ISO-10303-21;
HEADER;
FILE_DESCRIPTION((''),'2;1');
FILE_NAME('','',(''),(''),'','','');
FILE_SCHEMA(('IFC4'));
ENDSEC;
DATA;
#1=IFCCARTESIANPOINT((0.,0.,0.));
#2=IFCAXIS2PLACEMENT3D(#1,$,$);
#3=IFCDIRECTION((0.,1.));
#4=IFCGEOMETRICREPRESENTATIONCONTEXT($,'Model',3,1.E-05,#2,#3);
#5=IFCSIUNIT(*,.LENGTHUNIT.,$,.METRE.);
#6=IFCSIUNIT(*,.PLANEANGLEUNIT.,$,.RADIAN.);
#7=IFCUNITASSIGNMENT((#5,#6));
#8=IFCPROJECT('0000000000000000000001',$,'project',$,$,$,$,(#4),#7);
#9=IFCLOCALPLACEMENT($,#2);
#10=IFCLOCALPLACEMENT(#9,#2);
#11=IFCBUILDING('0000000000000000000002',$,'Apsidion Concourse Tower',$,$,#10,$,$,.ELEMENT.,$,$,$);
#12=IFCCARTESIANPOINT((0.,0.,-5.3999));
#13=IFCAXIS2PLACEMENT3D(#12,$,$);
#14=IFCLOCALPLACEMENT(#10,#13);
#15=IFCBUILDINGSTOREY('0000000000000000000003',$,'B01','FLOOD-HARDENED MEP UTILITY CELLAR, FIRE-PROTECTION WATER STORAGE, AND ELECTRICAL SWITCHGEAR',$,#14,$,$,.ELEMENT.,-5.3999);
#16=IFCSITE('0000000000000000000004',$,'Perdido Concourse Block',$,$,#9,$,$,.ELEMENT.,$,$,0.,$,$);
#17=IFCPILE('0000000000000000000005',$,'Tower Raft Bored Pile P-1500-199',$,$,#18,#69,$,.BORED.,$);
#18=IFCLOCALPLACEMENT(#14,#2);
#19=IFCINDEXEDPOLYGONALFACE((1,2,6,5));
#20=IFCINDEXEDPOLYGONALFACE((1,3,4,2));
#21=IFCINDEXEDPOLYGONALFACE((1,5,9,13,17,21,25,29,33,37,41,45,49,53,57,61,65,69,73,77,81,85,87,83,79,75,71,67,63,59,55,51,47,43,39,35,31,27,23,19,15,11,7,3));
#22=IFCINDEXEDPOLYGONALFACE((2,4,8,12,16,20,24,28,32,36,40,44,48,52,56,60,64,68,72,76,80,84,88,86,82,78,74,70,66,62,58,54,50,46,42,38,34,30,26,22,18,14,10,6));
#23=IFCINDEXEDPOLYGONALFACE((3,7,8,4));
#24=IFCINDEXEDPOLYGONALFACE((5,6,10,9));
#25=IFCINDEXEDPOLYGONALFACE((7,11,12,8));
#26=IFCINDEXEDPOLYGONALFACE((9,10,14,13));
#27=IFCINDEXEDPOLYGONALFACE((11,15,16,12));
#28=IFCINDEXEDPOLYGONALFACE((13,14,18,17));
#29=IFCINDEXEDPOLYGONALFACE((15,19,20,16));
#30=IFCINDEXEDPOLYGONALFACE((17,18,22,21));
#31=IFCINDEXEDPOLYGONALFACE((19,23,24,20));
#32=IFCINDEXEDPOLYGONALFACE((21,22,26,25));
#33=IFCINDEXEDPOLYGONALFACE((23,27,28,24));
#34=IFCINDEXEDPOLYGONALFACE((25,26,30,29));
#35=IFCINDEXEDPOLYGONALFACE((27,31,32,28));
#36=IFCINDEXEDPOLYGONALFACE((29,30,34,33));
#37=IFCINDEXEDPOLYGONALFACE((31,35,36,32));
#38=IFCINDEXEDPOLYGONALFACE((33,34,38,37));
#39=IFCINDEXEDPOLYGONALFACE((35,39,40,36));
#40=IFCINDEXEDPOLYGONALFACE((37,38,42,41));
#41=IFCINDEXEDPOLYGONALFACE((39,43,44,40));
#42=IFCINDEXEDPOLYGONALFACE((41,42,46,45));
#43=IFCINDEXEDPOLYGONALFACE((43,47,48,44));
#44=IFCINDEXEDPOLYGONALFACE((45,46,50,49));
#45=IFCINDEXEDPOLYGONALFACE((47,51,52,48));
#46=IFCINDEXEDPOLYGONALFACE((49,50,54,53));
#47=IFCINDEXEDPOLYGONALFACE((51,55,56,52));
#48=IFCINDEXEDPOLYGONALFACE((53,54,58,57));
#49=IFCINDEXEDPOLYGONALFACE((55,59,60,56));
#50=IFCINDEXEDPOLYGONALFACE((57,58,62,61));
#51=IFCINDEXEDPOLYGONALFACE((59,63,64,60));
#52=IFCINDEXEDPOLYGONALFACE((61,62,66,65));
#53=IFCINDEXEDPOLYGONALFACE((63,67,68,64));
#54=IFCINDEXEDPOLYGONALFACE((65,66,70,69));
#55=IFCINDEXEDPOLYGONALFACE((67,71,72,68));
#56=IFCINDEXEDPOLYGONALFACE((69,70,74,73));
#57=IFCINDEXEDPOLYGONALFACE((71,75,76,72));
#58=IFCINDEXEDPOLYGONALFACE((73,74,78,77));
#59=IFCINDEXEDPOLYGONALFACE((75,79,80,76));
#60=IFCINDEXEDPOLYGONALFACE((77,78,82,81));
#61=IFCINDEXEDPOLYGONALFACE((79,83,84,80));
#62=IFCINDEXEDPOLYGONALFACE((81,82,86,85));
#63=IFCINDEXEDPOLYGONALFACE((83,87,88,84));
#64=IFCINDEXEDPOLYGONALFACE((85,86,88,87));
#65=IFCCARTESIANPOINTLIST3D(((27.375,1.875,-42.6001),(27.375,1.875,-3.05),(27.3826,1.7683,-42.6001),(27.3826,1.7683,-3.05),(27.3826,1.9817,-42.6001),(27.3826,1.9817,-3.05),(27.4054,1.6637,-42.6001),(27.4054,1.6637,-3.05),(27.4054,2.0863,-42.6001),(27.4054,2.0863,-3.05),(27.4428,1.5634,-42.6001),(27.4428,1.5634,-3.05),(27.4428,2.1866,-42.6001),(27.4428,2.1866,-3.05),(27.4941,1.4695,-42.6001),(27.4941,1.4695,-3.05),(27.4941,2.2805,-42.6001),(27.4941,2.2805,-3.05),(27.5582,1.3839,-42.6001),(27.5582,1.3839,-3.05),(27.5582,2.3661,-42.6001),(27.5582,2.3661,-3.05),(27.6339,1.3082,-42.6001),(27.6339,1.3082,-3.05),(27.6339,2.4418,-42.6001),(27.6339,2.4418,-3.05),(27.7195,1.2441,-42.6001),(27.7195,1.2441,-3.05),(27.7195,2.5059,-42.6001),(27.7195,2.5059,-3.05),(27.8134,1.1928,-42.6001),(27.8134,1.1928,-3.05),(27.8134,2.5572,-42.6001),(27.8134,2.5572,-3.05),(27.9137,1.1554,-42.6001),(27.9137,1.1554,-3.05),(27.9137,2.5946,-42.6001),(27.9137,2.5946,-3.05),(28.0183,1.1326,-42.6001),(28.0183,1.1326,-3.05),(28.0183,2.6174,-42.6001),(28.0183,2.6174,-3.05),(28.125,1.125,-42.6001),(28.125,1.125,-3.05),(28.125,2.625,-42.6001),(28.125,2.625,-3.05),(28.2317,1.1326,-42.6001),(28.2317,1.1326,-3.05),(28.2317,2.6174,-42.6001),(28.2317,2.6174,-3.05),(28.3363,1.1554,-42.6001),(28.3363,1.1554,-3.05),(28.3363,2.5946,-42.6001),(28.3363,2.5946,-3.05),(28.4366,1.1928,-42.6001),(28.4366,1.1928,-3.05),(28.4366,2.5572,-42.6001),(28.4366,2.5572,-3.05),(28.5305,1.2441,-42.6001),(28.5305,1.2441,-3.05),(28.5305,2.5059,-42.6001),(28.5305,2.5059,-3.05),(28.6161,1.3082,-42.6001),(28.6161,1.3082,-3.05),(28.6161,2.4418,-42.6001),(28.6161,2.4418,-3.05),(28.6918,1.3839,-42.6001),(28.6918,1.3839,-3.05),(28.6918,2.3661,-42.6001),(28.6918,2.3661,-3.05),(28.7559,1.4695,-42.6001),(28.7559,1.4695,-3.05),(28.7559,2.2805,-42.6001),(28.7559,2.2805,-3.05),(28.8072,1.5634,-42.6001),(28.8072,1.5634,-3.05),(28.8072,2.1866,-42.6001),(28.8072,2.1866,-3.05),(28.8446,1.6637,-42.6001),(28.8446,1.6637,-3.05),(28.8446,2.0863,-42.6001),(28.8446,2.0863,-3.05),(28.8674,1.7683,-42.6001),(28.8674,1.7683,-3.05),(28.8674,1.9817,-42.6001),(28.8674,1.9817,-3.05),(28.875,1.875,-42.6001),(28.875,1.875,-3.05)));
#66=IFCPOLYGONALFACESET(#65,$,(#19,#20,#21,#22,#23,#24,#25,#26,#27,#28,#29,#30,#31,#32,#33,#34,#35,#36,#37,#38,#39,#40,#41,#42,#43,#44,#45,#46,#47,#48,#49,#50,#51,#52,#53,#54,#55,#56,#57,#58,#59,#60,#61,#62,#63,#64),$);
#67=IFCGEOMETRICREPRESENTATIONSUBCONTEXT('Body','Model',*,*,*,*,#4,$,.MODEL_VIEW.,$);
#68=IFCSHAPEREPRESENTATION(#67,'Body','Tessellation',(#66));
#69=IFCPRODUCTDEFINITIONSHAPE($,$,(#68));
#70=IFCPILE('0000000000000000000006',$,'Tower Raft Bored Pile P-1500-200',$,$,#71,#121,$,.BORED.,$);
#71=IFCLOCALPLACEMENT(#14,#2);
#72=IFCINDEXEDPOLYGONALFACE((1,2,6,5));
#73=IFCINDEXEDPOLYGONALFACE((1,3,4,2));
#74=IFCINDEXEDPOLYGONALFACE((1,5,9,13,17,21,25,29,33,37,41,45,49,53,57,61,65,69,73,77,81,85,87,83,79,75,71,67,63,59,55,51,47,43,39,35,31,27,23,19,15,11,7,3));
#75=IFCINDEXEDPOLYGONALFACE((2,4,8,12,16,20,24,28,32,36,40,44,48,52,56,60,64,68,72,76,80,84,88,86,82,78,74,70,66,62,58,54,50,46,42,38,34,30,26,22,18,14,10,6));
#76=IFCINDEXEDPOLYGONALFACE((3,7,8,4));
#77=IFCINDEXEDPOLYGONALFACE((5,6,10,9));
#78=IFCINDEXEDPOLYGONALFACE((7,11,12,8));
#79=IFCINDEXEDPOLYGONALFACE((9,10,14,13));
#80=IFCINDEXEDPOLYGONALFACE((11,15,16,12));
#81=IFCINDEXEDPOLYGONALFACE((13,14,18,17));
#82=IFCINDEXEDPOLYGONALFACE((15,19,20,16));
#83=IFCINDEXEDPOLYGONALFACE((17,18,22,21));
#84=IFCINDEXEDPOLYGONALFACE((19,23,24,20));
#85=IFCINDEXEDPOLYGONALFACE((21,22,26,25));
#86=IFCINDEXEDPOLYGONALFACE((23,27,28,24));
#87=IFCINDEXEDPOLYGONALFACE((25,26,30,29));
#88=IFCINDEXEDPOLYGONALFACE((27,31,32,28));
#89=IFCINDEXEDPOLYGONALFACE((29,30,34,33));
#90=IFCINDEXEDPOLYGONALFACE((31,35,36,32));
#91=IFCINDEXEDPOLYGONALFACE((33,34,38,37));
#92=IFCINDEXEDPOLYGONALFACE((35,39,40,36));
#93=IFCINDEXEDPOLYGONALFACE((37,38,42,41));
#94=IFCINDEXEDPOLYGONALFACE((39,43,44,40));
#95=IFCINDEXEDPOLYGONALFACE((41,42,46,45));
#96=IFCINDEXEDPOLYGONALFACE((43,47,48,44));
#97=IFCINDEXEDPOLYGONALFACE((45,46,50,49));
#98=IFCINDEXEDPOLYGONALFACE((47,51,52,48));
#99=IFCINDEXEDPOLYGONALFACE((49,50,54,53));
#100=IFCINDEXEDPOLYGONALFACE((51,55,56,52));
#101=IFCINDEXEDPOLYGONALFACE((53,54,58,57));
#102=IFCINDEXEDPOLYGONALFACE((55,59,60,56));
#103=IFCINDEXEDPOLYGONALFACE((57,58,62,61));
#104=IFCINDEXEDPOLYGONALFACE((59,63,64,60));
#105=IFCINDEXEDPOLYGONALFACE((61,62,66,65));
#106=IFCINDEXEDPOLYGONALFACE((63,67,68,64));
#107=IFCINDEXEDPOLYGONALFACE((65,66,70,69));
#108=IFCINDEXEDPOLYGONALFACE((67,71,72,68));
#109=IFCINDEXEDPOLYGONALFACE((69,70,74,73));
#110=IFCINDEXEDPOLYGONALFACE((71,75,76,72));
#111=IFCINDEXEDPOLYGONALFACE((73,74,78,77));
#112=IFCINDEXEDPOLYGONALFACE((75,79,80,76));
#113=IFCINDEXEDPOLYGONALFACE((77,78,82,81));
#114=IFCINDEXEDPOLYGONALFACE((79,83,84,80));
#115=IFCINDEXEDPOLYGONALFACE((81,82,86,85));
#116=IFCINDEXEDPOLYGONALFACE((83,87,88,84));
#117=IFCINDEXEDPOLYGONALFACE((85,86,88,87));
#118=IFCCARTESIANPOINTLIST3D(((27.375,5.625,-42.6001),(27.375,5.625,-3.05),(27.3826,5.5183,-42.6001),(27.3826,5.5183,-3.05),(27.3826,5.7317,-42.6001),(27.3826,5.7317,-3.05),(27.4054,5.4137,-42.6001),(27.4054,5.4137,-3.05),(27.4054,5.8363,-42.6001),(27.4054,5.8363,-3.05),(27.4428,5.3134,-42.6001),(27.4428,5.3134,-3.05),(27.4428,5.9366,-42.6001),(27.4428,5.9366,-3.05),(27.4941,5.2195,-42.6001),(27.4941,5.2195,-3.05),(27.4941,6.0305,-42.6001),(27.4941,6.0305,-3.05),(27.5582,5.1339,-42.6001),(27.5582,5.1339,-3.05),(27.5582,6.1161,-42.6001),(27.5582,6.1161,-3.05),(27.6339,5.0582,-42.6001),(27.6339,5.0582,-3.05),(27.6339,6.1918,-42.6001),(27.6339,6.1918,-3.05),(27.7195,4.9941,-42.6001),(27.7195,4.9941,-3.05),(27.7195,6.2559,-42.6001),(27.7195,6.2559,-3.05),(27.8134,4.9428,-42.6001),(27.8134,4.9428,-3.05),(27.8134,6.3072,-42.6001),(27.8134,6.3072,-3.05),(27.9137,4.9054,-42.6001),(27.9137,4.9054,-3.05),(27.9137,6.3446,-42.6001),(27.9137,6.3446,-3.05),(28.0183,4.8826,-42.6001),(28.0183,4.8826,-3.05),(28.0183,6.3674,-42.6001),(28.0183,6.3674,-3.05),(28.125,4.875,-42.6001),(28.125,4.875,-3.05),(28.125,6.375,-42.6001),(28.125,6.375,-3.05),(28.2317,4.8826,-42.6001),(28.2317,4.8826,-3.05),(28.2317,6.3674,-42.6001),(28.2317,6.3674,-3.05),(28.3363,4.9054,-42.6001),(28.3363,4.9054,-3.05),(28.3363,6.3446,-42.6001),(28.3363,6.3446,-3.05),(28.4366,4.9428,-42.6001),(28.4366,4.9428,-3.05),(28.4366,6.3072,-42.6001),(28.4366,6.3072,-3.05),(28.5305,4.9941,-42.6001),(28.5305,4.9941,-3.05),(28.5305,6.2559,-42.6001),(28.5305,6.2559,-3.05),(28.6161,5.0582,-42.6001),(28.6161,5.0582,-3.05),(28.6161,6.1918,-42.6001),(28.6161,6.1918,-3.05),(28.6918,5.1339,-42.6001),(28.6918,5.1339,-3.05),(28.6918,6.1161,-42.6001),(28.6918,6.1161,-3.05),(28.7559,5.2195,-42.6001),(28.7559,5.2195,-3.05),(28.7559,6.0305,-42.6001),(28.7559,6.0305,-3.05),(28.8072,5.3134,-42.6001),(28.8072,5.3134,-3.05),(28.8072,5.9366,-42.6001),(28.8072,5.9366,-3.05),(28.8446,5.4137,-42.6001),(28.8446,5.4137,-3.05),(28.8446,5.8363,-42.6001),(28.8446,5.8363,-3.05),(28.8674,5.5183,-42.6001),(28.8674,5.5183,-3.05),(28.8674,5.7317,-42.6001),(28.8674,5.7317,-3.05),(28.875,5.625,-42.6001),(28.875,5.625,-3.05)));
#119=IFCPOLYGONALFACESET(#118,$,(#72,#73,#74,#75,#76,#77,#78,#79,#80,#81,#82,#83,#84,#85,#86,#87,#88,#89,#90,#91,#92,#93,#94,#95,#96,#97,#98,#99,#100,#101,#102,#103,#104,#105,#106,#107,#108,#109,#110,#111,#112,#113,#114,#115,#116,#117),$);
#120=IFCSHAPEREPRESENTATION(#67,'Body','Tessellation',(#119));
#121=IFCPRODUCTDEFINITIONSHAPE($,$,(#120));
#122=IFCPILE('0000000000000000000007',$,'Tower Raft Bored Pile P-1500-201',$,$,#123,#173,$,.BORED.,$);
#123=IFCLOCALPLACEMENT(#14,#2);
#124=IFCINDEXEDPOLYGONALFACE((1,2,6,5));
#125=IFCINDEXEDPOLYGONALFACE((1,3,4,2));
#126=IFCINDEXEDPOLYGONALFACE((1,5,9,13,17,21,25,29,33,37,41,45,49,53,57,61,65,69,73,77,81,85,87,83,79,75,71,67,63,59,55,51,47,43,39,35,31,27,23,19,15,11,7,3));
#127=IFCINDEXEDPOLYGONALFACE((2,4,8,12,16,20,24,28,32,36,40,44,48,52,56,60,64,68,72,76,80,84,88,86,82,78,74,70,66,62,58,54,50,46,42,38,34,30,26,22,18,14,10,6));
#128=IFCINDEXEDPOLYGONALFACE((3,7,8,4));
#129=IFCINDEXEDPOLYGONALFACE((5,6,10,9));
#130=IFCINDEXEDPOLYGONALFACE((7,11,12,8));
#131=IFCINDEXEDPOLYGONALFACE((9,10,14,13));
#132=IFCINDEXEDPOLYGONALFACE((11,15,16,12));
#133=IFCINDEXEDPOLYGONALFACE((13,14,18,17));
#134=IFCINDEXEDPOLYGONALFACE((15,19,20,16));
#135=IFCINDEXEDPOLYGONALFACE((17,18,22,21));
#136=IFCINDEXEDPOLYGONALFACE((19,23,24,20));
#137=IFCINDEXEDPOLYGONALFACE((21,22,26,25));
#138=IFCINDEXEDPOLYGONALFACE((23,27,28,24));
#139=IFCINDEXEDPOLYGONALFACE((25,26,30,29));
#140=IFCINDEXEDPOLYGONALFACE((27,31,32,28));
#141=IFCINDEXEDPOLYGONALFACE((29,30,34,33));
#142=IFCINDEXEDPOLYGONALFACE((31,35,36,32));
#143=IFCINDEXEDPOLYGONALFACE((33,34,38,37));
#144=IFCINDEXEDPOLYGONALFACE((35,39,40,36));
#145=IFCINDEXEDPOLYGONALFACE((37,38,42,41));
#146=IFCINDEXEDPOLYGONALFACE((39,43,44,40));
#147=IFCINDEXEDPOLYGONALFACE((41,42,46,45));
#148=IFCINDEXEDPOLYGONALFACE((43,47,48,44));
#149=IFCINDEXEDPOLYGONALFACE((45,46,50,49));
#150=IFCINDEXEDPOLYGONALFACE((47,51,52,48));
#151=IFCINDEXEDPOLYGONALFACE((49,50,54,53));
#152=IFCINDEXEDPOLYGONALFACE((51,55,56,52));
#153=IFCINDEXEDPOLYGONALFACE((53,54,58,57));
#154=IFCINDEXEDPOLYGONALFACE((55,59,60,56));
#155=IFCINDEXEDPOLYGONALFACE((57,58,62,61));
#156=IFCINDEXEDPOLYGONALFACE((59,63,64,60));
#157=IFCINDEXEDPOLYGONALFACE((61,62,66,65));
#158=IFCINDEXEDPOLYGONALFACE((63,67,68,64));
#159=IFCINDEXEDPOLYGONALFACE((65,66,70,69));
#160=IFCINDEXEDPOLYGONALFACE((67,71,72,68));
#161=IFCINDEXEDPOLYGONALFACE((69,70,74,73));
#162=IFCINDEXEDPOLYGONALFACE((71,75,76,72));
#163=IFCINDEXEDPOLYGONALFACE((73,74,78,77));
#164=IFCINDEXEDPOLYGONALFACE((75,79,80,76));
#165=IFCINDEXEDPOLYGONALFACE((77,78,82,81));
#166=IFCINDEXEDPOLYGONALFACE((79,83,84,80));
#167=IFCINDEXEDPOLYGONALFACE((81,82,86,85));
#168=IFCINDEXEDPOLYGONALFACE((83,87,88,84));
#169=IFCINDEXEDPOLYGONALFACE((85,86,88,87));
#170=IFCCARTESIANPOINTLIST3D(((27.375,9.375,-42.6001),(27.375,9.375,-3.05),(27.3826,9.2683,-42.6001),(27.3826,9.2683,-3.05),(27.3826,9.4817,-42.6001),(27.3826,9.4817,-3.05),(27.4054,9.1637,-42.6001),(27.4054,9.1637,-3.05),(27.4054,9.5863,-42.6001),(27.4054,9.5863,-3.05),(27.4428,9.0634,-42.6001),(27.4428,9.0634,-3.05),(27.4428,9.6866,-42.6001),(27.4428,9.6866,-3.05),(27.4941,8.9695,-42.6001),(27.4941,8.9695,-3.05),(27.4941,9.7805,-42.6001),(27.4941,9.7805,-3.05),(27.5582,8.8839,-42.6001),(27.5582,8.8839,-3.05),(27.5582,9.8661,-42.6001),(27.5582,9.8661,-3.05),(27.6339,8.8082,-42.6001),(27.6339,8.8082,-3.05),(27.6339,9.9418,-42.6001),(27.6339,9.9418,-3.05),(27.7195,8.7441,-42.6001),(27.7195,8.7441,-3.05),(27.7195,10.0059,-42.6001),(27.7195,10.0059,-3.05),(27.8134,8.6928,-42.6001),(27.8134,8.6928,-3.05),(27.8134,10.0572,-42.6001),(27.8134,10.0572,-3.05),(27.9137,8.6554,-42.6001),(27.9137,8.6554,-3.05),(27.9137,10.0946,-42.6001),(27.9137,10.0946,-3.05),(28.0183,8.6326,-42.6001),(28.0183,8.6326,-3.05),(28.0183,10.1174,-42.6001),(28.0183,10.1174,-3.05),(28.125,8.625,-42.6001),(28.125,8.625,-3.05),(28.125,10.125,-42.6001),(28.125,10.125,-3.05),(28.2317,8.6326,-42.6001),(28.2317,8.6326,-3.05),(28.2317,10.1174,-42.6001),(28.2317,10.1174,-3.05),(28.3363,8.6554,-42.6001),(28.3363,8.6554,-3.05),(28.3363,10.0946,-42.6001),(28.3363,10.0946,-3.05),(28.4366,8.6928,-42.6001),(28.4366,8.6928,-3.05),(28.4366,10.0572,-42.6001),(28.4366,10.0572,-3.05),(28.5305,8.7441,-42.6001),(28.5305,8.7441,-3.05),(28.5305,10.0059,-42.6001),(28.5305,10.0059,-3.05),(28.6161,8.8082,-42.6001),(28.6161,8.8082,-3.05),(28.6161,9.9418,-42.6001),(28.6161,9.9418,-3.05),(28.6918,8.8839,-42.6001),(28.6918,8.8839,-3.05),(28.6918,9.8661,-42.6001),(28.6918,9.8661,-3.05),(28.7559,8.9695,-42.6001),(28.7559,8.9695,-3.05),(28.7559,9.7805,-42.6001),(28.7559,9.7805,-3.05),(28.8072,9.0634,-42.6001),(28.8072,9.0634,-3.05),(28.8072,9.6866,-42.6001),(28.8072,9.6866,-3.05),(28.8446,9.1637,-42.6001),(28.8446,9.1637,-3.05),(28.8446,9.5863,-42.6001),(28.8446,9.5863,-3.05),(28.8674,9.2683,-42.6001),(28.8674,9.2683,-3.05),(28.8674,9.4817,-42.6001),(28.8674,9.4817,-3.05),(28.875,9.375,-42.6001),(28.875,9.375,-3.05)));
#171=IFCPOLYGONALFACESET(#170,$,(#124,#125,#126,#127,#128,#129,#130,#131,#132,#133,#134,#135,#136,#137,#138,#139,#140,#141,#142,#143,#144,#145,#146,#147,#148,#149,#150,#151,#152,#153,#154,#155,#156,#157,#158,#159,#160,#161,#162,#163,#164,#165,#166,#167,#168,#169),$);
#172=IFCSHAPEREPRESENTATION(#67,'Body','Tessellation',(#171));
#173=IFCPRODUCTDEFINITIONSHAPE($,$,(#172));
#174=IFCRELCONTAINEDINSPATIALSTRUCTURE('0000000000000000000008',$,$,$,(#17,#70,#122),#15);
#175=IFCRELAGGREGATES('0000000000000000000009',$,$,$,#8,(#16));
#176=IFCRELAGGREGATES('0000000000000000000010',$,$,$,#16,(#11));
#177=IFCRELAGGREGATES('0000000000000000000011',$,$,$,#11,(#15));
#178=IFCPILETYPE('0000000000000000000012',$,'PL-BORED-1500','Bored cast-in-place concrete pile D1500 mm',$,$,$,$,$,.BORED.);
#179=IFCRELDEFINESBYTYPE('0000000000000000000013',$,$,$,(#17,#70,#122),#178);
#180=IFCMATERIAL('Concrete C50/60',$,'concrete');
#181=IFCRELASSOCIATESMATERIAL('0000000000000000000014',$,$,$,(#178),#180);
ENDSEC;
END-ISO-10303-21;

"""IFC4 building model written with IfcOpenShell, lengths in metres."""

from ifc_helpers import new_model, si_unit, direction, frame, origin, origin_2d, place, context, subcontext, project, spatial, circle, extrude, material, material_profile, profile_set, type_object, element, save


model = new_model("IFC4")

# Units and contexts
model_context = context("Model", 3, precision=1e-05, world=origin(), true_north=direction((0.0, 1.0)))
body_context = subcontext(model_context, "Body", "Model", "MODEL_VIEW")
ifc_project = project(units=[si_unit("LENGTHUNIT", "METRE"), si_unit("PLANEANGLEUNIT", "RADIAN")], contexts=[model_context])

# Site, building, storey
site_placement = place(None, origin())
site = spatial("IfcSite", under=ifc_project, at=site_placement, Name="Perdido Concourse Block", CompositionType="ELEMENT", RefElevation=0.0)
building_placement = place(site_placement, origin())
building = spatial("IfcBuilding", under=site, at=building_placement, Name="Apsidion Concourse Tower", CompositionType="ELEMENT")
storey_placement = place(building_placement, frame((0.0, 0.0, -5.3999)))
storey = spatial("IfcBuildingStorey", under=building, at=storey_placement, Name="B01", Description="FLOOD-HARDENED MEP UTILITY CELLAR, FIRE-PROTECTION WATER STORAGE, AND ELECTRICAL SWITCHGEAR", CompositionType="ELEMENT", Elevation=-5.3999)

# Shared definitions
ifc_material_1 = material(Name="Concrete C50/60", Category="concrete")

# Piles
ifc_material_profile_1 = material_profile(ifc_material_1, circle(Radius=0.75, at=origin_2d()), Name="BORED PILE D1500")
ifc_profile_set_1 = profile_set([ifc_material_profile_1], Name="Concrete C50/60")
pile_type_1 = type_object("IfcPileType", Name="PL-BORED-1500", Description="Bored cast-in-place concrete pile D1500 mm", PredefinedType="BORED", material=ifc_profile_set_1)
for number, where, z_axis, x_axis, name in (
    (1, (28.125, 1.875, -3.05), (0.0, 0.0, -1.0), (1.0, 0.0, 0.0), "Tower Raft Bored Pile P-1500-199"),
    (2, (28.125, 5.625, -3.05), (0.0, 0.0, -1.0), (1.0, 0.0, 0.0), "Tower Raft Bored Pile P-1500-200"),
    (3, (28.125, 9.375, -3.05), (0.0, 0.0, -1.0), (1.0, 0.0, 0.0), "Tower Raft Bored Pile P-1500-201"),
):
    element("IfcPile", number, at=place(storey_placement, frame(where, z_axis=z_axis, x_axis=x_axis)), inside=storey, type_object=pile_type_1, Name=name, PredefinedType="BORED", context=body_context, shape_type="SweptSolid", body=[
        extrude(circle(Radius=0.75, at=origin_2d()), origin(), (0.0, 0.0, 1.0), 39.55),
    ])

save(model, "model.ifc")
